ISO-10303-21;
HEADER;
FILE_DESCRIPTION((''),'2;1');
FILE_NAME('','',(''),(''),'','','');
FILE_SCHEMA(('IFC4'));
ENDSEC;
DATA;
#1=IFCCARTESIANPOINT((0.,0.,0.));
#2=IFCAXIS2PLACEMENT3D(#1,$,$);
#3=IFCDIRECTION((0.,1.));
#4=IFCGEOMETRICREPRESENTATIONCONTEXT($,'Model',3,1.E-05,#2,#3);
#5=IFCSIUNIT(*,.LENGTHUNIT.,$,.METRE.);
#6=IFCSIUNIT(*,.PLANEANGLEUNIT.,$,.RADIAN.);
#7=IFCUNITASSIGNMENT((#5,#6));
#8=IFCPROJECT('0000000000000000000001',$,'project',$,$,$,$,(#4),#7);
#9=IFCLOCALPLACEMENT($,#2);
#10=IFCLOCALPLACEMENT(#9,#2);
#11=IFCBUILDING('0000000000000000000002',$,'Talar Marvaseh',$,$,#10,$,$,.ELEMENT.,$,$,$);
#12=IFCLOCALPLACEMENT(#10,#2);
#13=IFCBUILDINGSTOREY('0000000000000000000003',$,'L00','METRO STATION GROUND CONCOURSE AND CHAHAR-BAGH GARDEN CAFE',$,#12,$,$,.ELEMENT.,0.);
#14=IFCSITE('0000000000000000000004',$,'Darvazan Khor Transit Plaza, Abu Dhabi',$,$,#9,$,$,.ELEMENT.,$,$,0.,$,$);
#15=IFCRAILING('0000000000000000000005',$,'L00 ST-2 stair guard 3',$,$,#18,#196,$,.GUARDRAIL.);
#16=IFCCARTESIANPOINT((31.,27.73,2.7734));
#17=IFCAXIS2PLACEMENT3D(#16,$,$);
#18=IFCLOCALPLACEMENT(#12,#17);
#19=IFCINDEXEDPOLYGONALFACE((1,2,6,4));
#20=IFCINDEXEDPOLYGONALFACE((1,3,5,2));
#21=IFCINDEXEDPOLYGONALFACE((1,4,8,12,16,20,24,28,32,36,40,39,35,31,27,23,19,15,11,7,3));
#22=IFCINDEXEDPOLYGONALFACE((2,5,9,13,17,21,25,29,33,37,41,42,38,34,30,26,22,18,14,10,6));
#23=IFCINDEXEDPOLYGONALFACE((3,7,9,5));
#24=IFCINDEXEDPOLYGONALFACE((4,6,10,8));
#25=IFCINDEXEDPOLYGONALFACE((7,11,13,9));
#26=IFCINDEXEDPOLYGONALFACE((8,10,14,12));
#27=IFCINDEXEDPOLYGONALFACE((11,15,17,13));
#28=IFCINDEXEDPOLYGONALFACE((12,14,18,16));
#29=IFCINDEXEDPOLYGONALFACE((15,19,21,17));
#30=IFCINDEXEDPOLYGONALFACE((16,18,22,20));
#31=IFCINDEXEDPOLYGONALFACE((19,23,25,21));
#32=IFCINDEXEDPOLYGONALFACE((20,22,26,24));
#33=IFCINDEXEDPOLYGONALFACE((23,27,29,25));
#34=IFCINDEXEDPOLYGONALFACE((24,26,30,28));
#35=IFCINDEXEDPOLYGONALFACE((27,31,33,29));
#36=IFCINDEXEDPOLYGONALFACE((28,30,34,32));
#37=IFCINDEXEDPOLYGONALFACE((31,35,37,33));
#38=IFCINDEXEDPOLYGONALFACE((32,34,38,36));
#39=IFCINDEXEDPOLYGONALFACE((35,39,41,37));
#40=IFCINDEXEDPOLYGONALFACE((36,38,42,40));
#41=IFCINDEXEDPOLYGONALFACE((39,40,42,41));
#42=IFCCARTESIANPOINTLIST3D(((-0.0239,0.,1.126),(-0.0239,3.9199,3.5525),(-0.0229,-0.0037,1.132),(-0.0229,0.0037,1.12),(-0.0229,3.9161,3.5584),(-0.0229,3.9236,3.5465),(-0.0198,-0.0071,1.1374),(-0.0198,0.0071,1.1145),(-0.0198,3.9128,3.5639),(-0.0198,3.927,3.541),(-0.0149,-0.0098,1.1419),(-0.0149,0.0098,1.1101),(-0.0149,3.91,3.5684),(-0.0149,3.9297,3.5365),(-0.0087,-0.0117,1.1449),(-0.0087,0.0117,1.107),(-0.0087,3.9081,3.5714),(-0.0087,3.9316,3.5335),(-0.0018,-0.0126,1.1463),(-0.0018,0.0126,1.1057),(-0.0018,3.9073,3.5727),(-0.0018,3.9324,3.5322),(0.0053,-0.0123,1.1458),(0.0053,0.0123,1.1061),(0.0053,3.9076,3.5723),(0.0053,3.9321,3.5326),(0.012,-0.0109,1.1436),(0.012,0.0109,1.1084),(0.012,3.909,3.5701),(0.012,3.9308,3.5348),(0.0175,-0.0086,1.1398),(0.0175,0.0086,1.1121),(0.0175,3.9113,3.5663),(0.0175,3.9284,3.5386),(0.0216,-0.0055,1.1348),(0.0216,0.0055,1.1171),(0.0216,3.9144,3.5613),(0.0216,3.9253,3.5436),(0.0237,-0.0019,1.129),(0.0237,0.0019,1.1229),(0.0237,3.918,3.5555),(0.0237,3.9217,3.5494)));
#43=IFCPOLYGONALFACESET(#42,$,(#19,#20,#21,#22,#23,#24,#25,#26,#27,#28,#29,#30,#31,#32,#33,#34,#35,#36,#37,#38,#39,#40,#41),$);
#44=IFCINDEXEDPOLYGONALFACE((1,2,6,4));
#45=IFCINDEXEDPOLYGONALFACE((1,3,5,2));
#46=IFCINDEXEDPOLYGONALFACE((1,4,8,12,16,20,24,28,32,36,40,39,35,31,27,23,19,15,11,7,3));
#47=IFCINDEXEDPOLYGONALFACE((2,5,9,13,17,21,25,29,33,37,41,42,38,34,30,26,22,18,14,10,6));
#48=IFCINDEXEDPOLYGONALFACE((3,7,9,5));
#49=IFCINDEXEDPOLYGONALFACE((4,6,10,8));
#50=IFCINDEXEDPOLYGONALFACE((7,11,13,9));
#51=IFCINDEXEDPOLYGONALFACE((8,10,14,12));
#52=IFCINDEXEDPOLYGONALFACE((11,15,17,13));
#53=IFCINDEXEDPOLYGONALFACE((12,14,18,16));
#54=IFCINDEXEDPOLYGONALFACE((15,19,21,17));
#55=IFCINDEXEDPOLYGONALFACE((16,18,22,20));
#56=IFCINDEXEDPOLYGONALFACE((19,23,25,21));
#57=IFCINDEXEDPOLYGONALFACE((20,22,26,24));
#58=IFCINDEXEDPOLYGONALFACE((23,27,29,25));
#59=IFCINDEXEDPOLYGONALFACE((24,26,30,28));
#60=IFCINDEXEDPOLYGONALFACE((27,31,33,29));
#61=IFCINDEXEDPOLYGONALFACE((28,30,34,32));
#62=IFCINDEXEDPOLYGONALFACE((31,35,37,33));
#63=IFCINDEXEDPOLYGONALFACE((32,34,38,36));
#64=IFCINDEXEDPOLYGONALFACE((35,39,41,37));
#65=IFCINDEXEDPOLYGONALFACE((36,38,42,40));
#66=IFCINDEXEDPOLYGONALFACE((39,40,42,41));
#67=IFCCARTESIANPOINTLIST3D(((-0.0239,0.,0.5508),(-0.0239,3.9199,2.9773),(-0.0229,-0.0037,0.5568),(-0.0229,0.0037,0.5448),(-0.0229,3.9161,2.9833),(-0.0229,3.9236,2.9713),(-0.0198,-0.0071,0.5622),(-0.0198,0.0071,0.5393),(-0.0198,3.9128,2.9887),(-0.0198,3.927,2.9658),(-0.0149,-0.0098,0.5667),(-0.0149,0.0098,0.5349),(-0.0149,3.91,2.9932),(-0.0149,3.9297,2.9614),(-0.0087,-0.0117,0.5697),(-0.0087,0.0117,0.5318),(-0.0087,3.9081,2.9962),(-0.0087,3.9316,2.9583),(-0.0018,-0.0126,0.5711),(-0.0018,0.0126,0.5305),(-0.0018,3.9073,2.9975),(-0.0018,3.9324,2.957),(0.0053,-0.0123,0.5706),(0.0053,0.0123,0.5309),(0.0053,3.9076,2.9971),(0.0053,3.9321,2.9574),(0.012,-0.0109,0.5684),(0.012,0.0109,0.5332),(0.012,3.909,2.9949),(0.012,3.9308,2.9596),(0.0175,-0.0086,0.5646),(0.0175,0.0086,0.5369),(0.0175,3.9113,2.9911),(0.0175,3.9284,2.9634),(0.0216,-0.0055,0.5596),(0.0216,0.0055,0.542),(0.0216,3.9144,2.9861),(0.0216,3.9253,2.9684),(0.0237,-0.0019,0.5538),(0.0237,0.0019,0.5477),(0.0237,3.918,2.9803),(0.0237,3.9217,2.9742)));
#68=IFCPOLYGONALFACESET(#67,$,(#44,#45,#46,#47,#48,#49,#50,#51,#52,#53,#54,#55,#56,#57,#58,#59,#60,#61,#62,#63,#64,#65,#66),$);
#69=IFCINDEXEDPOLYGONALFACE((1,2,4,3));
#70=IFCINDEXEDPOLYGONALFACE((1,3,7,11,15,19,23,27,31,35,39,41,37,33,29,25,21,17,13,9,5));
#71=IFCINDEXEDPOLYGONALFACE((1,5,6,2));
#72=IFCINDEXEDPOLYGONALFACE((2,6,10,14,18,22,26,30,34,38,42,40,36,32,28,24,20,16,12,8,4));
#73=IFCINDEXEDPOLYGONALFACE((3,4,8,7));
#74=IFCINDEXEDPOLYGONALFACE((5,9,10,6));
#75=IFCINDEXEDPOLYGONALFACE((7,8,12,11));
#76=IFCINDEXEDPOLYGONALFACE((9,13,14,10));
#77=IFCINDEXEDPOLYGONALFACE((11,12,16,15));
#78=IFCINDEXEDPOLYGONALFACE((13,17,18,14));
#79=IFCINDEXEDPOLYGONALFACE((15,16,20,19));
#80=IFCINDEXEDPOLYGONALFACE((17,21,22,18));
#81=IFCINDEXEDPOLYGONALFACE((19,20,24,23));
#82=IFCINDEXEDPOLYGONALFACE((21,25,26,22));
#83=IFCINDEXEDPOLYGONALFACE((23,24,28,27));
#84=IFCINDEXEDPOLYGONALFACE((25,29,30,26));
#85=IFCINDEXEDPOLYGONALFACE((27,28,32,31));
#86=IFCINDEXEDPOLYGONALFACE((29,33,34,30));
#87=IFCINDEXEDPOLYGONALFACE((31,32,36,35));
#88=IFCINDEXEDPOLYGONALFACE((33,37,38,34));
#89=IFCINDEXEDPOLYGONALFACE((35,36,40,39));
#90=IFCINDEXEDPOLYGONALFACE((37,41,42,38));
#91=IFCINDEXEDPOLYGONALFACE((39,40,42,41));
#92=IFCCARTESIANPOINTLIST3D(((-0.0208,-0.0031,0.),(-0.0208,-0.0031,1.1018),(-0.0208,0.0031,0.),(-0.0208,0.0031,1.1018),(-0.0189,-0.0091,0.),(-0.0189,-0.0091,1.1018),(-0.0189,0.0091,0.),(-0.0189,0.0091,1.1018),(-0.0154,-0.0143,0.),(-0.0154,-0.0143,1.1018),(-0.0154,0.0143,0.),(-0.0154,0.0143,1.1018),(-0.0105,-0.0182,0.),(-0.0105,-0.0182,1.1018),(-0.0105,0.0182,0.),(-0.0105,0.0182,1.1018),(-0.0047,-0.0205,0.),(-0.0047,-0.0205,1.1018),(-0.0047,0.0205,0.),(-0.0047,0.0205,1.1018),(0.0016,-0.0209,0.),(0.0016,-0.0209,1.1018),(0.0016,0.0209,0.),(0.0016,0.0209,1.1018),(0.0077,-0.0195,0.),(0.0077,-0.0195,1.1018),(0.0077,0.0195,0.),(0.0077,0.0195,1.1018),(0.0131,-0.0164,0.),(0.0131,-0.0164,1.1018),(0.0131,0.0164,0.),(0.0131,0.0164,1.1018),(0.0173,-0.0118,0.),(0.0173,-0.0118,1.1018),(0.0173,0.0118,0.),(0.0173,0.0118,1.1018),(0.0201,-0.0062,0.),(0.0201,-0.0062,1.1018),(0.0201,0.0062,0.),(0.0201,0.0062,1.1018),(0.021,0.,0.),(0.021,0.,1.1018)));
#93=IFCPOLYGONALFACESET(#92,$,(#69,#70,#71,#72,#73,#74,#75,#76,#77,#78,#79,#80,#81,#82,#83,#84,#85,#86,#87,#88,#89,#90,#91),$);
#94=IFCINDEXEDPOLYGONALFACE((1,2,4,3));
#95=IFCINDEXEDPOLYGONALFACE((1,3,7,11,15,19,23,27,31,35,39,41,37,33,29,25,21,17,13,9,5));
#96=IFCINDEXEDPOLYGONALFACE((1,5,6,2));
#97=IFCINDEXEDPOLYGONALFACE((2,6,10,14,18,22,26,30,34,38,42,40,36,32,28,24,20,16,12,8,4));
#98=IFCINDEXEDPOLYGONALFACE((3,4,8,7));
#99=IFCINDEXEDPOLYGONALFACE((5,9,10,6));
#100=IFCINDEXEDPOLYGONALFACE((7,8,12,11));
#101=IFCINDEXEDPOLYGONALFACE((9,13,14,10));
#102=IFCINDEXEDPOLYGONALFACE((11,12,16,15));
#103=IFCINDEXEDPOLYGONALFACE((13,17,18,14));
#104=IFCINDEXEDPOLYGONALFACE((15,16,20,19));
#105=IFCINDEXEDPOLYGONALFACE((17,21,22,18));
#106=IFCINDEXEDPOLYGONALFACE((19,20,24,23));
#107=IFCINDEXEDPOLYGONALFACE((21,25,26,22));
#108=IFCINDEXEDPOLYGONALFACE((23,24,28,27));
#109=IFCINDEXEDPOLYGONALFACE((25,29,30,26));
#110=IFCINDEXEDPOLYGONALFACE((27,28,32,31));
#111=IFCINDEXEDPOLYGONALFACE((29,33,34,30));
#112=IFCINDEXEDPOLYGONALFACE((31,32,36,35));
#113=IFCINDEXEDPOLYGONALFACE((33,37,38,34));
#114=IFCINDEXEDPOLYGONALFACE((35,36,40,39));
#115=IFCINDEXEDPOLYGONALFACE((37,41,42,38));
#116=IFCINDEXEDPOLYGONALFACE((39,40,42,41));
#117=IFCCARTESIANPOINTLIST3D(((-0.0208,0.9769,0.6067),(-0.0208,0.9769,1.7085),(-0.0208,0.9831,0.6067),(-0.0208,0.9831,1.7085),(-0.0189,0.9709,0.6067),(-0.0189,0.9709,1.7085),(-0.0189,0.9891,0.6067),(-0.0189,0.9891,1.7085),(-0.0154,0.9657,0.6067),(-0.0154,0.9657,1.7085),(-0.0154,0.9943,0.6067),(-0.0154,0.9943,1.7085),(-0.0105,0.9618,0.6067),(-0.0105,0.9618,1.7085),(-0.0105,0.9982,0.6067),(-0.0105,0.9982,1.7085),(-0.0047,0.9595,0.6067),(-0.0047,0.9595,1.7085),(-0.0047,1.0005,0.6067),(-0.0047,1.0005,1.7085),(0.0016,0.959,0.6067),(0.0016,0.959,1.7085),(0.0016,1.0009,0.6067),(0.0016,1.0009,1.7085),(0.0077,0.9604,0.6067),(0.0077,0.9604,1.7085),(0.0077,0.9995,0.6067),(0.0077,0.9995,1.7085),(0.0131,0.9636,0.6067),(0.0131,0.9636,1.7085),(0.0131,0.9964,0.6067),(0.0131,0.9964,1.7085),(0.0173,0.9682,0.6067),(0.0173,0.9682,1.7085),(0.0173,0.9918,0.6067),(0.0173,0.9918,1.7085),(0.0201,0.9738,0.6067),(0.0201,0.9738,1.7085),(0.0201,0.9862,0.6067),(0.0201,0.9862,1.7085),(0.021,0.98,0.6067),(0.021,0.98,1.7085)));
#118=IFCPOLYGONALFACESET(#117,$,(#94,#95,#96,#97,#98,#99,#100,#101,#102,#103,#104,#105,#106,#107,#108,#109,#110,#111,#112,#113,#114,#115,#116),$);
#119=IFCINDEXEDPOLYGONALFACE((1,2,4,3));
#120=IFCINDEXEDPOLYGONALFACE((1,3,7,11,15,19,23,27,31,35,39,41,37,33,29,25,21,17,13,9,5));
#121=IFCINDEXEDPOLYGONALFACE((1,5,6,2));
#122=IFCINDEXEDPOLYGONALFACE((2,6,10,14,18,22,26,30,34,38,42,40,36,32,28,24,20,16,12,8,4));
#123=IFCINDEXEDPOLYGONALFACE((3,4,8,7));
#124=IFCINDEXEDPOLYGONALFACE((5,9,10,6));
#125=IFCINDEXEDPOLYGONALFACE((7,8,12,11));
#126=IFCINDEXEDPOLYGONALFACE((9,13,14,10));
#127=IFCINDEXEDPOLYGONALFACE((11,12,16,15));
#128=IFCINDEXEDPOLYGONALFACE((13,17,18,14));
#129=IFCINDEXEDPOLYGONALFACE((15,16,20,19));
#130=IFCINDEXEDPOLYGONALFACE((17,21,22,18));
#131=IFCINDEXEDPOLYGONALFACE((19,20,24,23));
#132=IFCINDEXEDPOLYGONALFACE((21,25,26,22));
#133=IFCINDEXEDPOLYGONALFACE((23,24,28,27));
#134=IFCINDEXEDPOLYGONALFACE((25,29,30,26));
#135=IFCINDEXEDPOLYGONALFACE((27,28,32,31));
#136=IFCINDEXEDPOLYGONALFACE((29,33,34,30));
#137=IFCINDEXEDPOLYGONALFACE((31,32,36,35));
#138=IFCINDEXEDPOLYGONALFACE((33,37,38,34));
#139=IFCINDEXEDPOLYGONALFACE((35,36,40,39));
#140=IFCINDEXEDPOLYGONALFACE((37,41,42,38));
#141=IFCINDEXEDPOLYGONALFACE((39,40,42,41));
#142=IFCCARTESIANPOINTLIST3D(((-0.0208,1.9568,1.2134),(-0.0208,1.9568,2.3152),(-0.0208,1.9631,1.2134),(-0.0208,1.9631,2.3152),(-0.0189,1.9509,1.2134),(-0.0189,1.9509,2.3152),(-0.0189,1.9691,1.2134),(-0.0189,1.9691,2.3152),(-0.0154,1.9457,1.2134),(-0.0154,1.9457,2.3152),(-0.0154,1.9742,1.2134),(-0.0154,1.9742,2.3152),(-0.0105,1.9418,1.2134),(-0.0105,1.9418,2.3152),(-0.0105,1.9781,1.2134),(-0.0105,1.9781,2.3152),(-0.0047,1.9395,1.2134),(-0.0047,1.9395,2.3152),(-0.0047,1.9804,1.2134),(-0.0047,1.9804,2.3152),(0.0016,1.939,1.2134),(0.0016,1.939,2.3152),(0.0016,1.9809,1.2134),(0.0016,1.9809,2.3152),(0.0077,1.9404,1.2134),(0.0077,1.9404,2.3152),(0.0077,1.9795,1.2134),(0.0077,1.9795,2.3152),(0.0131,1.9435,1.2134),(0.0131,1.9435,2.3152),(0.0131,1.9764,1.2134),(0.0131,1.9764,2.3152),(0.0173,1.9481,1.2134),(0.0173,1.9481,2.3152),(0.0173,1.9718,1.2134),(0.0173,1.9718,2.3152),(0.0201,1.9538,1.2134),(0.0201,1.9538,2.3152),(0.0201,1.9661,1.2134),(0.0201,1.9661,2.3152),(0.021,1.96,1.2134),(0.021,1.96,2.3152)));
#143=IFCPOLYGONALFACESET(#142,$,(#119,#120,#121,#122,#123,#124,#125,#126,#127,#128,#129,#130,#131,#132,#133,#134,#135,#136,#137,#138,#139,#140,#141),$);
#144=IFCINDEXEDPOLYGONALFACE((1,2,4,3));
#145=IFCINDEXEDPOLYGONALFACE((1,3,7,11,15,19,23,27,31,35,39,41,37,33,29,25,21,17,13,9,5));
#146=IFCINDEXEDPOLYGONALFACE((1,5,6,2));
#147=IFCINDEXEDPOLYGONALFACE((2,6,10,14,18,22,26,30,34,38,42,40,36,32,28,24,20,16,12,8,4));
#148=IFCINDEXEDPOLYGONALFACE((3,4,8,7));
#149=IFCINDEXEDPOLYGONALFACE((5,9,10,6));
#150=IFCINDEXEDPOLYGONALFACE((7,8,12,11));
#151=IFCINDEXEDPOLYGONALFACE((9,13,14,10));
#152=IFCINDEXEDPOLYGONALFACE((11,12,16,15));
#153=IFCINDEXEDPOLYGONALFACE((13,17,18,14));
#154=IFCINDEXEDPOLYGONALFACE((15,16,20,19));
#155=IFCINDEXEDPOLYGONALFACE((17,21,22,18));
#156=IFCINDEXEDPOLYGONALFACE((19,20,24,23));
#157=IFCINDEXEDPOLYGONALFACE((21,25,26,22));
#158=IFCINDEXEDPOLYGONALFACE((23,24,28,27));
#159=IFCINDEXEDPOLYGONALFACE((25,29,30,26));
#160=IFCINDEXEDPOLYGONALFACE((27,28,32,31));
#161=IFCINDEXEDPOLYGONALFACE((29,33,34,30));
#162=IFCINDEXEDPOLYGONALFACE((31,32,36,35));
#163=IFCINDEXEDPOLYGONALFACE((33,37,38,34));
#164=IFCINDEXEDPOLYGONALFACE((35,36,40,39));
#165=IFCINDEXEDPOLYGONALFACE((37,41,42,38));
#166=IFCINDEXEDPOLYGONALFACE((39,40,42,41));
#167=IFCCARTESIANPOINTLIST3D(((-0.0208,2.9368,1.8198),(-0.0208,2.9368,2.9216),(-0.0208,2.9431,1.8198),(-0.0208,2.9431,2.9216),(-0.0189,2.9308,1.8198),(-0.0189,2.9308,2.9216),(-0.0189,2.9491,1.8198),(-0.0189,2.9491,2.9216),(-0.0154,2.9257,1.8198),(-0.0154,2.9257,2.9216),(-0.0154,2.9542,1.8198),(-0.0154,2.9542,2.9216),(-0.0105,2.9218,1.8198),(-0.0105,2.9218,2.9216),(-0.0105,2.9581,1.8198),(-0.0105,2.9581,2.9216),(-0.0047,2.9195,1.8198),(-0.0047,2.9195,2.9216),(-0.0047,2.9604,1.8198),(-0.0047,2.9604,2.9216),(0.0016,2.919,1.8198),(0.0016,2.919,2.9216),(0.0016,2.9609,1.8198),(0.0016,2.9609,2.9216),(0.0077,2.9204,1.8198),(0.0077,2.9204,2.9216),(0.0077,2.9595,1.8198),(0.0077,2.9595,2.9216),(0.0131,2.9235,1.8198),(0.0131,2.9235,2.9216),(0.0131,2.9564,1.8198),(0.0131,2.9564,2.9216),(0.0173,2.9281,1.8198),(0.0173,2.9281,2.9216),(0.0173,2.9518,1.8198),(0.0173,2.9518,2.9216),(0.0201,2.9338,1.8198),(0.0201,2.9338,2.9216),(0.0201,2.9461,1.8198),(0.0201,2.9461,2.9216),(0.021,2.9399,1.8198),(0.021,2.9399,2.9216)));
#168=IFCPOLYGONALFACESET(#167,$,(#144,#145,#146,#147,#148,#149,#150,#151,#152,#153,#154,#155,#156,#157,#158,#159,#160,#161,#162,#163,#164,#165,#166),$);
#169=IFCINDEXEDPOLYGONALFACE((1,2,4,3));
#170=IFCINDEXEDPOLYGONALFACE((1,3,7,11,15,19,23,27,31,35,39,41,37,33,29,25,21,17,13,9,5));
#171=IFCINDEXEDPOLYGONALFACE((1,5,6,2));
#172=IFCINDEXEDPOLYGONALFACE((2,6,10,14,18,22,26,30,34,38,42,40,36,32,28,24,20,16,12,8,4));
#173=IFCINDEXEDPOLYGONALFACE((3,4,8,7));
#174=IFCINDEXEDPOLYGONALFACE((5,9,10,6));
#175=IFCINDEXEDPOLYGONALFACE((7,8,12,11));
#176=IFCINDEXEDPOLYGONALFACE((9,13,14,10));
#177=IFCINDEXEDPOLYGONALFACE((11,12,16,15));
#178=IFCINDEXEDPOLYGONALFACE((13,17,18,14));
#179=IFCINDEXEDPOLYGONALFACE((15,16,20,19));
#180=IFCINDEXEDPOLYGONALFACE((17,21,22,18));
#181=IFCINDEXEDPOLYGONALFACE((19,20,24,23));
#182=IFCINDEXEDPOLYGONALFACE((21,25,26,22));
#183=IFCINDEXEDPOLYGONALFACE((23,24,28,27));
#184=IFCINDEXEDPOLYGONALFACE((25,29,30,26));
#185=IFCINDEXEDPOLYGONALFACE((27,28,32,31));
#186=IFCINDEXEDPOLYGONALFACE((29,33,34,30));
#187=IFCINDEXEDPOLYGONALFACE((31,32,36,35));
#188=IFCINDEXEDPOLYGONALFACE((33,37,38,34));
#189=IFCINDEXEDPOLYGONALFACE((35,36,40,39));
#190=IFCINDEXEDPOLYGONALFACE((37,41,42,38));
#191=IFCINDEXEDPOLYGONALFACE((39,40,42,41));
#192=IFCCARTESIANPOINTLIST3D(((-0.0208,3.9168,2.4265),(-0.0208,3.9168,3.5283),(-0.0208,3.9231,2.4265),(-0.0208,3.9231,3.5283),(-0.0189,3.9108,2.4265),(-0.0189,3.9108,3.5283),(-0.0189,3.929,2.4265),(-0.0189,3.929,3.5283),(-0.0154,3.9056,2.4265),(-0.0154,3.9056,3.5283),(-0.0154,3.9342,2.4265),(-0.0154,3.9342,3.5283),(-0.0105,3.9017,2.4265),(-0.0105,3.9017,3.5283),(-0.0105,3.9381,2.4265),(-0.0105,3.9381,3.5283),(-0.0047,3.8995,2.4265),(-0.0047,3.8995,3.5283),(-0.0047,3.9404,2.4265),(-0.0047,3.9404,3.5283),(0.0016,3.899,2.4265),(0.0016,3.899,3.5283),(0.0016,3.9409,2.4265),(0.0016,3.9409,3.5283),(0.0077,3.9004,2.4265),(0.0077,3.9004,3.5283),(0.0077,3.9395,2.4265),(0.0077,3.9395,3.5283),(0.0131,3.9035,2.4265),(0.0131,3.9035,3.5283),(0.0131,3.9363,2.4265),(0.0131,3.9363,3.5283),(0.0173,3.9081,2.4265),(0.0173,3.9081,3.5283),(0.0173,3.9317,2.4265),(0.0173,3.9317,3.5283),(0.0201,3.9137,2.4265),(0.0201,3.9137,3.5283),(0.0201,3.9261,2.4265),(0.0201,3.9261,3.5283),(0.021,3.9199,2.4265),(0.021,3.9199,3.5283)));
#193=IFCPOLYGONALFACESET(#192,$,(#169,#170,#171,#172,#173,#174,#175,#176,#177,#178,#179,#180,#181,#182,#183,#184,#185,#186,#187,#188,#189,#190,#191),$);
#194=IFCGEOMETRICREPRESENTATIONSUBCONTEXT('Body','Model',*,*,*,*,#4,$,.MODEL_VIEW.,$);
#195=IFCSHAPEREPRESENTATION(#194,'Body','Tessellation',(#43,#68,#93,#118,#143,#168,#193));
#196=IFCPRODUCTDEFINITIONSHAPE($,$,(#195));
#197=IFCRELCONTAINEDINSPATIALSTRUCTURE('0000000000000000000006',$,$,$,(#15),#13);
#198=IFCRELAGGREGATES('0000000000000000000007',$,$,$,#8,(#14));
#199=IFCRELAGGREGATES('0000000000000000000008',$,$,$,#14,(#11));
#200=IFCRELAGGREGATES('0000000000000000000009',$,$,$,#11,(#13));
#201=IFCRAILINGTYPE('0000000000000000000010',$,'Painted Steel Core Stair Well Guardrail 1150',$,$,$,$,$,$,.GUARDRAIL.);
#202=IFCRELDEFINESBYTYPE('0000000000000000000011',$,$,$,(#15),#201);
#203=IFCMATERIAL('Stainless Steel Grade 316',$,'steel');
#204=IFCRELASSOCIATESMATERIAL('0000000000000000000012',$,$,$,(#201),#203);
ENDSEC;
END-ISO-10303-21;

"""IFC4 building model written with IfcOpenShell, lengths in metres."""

from ifc_helpers import new_model, si_unit, direction, frame, origin, origin_2d, place, context, subcontext, project, spatial, circle, extrude, material, type_object, element, save


model = new_model("IFC4")

# Units and contexts
model_context = context("Model", 3, precision=1e-05, world=origin(), true_north=direction((0.0, 1.0)))
body_context = subcontext(model_context, "Body", "Model", "MODEL_VIEW")
ifc_project = project(units=[si_unit("LENGTHUNIT", "METRE"), si_unit("PLANEANGLEUNIT", "RADIAN")], contexts=[model_context])

# Site, building, storey
site_placement = place(None, origin())
site = spatial("IfcSite", under=ifc_project, at=site_placement, Name="Darvazan Khor Transit Plaza, Abu Dhabi", CompositionType="ELEMENT", RefElevation=0.0)
building_placement = place(site_placement, origin())
building = spatial("IfcBuilding", under=site, at=building_placement, Name="Talar Marvaseh", CompositionType="ELEMENT")
storey_placement = place(building_placement, origin())
storey = spatial("IfcBuildingStorey", under=building, at=storey_placement, Name="L00", Description="METRO STATION GROUND CONCOURSE AND CHAHAR-BAGH GARDEN CAFE", CompositionType="ELEMENT", Elevation=0.0)

# Shared definitions
ifc_material_1 = material(Name="Stainless Steel Grade 316", Category="steel")

# Railing
railing_type_1 = type_object("IfcRailingType", Name="Painted Steel Core Stair Well Guardrail 1150", PredefinedType="GUARDRAIL", material=ifc_material_1)
railing_1_placement = place(storey_placement, frame((31.0, 27.73, 2.7734)))
element("IfcRailing", 1, at=railing_1_placement, inside=storey, type_object=railing_type_1, Name="L00 ST-2 stair guard 3", PredefinedType="GUARDRAIL", context=body_context, shape_type="SweptSolid", body=[
    extrude(circle(Radius=0.0239, at=origin_2d()), frame((0.0, 0.0, 1.126), z_axis=(0.0, 0.850275, 0.526338), x_axis=(-1.0, 0.0, 0.0)), (0.0, 0.0, 1.0), 4.6101),
    extrude(circle(Radius=0.0239, at=origin_2d()), frame((0.0, 0.0, 0.5508), z_axis=(0.0, 0.850275, 0.526338), x_axis=(-1.0, 0.0, 0.0)), (0.0, 0.0, 1.0), 4.6101),
    extrude(circle(Radius=0.021, at=origin_2d()), origin(), (0.0, 0.0, 1.0), 1.1018),
    extrude(circle(Radius=0.021, at=origin_2d()), frame((0.0, 0.98, 0.6067)), (0.0, 0.0, 1.0), 1.1018),
    extrude(circle(Radius=0.021, at=origin_2d()), frame((0.0, 1.96, 1.2134)), (0.0, 0.0, 1.0), 1.1018),
    extrude(circle(Radius=0.021, at=origin_2d()), frame((0.0, 2.9399, 1.8198)), (0.0, 0.0, 1.0), 1.1018),
    extrude(circle(Radius=0.021, at=origin_2d()), frame((0.0, 3.9199, 2.4265)), (0.0, 0.0, 1.0), 1.1018),
])

save(model, "model.ifc")
